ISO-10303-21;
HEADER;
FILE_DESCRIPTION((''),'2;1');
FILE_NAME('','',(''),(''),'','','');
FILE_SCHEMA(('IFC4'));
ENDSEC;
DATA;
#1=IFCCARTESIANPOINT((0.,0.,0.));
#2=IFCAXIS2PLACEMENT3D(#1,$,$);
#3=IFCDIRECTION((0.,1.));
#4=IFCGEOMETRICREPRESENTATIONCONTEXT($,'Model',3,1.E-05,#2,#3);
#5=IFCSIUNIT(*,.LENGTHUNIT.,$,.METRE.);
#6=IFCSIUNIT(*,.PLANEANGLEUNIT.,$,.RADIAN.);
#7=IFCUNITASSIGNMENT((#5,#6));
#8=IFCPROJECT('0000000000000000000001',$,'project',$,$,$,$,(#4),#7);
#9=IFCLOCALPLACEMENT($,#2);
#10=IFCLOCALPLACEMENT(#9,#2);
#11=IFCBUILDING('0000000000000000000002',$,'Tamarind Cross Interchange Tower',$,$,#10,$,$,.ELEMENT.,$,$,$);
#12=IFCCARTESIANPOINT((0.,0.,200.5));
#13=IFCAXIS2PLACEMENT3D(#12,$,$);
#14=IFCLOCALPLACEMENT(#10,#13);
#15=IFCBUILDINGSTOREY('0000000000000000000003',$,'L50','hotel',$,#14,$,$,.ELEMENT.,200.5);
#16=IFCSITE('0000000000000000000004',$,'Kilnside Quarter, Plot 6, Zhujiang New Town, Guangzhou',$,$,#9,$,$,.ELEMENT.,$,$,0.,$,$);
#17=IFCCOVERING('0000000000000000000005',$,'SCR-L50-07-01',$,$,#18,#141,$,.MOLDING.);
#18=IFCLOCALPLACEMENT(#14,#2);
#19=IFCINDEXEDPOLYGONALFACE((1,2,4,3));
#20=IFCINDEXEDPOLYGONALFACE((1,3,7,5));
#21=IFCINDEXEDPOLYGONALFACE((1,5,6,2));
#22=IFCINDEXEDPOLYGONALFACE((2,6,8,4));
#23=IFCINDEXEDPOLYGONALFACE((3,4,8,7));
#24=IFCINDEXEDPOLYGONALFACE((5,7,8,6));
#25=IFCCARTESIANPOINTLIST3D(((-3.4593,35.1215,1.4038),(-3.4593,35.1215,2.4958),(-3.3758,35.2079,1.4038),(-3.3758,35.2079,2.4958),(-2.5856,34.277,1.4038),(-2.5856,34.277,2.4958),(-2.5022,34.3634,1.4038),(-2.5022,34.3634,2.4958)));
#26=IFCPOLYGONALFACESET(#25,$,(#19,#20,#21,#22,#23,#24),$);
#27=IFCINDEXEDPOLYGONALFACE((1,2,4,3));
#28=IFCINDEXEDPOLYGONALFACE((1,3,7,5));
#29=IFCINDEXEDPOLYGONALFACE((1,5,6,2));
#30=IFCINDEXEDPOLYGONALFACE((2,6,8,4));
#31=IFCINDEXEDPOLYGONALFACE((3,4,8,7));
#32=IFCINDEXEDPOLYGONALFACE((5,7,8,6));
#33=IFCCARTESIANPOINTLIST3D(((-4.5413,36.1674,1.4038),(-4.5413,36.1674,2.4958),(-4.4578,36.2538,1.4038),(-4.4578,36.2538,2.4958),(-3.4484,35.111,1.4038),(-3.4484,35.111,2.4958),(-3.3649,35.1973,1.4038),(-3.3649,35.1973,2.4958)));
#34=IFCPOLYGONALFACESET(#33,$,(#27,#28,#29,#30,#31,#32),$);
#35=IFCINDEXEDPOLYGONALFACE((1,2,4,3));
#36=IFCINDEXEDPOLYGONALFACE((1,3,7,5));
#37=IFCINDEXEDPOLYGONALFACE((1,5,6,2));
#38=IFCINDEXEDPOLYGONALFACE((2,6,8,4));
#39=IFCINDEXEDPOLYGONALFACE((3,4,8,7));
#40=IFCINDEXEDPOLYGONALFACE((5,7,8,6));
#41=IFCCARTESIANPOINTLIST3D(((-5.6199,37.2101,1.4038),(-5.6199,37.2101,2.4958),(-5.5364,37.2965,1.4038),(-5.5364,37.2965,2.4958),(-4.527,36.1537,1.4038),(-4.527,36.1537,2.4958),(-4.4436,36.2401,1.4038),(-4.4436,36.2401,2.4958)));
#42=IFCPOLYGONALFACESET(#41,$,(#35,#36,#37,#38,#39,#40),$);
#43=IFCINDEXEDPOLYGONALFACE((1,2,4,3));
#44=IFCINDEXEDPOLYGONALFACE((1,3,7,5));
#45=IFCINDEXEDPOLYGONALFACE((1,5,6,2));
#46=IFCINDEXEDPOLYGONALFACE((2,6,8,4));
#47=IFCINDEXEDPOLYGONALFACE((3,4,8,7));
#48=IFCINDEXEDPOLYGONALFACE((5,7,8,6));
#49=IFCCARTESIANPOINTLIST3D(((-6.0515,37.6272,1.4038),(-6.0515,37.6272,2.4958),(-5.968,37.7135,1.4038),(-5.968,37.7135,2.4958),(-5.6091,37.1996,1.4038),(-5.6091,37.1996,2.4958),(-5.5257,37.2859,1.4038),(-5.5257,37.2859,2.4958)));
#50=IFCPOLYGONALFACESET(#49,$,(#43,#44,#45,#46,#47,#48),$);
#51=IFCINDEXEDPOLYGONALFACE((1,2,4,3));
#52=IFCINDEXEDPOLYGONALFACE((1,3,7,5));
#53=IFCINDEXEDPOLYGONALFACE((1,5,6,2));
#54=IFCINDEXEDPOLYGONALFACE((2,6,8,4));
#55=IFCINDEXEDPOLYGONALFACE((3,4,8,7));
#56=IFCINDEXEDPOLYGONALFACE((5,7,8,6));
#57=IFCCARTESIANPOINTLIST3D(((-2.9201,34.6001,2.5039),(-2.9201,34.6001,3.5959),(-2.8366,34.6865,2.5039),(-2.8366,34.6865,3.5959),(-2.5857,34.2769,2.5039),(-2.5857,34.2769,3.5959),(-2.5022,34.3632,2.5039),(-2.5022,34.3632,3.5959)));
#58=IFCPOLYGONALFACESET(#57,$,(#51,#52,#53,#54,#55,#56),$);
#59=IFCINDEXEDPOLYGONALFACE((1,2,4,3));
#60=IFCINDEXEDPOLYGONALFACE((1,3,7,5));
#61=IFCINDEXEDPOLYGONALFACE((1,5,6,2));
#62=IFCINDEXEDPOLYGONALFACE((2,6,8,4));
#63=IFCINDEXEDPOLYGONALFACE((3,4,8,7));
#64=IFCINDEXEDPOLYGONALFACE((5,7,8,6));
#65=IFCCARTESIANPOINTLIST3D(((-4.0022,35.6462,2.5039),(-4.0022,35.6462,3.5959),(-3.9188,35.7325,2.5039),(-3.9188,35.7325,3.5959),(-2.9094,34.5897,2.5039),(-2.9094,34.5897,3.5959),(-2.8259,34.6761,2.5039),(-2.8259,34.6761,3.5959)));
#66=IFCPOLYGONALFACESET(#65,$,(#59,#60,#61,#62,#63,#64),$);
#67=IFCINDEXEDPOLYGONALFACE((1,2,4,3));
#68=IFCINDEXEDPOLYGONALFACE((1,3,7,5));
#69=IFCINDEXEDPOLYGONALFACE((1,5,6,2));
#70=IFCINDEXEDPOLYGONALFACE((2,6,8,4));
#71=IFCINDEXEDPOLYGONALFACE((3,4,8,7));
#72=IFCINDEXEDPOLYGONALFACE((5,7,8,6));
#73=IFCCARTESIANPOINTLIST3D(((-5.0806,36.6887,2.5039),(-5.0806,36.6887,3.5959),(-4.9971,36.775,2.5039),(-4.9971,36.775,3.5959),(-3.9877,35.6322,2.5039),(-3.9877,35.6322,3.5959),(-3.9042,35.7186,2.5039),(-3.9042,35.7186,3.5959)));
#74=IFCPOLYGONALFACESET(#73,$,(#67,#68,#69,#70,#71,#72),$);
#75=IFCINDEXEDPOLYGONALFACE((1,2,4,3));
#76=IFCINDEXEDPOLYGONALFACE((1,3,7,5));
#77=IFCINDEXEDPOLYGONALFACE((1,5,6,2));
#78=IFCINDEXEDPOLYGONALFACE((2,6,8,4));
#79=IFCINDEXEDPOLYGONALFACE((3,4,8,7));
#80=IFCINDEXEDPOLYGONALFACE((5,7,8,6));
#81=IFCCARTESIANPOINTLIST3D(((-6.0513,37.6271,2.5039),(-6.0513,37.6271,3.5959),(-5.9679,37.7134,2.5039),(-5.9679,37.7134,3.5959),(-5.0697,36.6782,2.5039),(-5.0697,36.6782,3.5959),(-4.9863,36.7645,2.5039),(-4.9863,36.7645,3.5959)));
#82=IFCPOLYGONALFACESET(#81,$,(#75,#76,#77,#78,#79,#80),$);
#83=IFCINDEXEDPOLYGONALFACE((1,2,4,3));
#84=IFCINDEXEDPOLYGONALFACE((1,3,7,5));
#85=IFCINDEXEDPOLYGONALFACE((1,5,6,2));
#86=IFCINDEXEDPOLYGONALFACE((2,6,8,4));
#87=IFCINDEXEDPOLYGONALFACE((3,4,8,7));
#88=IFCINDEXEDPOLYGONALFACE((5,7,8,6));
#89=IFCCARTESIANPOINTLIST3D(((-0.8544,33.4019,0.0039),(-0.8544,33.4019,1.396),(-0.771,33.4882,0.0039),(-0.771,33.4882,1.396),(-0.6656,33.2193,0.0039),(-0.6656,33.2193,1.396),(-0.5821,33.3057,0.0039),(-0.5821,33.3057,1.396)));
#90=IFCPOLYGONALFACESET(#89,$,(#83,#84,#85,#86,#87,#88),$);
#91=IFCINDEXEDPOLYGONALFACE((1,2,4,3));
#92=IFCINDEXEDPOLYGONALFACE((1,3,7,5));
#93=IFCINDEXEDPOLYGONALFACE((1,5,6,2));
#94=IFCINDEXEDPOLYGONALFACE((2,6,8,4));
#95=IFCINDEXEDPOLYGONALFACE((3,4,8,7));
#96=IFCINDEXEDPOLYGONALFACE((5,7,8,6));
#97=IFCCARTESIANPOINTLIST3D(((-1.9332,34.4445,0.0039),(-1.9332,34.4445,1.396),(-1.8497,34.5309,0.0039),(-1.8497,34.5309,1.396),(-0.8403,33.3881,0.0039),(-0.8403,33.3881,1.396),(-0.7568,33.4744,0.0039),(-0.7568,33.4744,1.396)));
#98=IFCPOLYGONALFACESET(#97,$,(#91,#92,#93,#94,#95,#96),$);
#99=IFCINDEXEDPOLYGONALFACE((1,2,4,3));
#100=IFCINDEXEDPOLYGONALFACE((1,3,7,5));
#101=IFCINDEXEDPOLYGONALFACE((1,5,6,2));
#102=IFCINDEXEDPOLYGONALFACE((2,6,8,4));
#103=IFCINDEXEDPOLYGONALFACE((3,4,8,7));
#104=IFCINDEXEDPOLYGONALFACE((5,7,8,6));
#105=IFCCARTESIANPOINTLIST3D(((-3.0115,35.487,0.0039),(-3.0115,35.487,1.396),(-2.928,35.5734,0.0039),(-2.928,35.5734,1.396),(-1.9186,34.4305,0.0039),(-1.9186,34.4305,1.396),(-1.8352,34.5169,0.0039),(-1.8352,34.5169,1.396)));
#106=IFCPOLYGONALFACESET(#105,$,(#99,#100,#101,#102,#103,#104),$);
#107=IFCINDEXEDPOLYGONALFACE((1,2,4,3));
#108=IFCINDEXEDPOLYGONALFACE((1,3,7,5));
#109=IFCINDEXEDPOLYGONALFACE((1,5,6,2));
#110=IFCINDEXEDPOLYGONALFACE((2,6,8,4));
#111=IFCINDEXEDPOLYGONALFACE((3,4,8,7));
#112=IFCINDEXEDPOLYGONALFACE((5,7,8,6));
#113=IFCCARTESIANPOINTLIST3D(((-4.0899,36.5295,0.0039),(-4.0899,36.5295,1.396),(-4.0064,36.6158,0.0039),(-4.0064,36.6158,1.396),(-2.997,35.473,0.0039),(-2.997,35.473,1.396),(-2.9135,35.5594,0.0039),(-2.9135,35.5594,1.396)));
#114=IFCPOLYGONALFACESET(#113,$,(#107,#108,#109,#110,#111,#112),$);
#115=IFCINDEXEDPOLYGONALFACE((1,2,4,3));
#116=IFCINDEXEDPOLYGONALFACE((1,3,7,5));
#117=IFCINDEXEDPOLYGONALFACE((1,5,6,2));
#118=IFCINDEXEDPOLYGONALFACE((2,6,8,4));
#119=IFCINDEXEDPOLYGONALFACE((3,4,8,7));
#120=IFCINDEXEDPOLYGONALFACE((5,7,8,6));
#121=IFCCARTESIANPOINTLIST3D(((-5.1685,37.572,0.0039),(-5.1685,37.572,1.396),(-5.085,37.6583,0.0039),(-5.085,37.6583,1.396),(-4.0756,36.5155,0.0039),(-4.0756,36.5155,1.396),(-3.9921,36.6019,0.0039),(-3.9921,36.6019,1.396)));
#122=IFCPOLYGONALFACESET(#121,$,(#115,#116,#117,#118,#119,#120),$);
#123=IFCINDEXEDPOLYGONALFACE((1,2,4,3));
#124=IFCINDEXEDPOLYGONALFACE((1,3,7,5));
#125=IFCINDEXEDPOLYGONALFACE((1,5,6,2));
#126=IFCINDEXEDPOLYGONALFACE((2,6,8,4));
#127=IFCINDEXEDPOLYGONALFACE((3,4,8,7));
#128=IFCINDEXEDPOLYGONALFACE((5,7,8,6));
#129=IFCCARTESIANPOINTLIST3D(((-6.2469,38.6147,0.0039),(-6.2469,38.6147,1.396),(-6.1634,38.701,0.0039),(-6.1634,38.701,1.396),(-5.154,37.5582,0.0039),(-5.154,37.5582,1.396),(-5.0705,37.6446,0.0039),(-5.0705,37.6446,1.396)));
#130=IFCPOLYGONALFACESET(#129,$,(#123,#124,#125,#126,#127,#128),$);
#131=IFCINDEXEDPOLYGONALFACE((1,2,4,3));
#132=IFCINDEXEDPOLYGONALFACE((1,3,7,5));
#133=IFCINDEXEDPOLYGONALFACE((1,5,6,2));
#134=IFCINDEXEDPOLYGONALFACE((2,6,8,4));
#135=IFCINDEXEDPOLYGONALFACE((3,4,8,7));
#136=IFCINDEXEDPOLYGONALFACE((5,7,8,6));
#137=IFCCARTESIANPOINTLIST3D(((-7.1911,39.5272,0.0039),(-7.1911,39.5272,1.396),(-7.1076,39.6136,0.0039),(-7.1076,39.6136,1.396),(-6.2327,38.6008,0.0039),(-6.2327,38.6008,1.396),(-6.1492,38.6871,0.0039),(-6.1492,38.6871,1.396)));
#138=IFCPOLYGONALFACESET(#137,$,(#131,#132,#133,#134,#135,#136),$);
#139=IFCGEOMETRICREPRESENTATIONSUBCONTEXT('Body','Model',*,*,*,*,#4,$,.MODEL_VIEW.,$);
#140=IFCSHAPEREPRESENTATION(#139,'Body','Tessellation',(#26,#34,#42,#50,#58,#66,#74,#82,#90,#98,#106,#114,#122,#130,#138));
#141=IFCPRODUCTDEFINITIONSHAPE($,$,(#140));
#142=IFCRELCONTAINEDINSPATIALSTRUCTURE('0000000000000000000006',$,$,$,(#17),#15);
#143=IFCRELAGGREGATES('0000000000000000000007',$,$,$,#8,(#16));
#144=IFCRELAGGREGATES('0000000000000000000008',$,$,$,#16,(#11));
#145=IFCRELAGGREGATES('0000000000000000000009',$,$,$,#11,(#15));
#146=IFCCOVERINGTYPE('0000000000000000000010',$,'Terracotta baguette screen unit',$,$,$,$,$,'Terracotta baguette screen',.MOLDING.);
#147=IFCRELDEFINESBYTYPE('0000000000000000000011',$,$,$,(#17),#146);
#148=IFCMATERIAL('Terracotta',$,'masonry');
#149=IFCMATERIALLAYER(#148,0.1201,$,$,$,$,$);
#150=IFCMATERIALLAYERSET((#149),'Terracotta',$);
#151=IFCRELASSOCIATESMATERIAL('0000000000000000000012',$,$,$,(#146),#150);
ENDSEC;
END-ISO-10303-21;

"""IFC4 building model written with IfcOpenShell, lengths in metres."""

from ifc_helpers import new_model, si_unit, direction, frame, origin, origin_2d, place, context, subcontext, project, spatial, rectangle, extrude, material, layer, layer_set, type_object, element, save


model = new_model("IFC4")

# Units and contexts
model_context = context("Model", 3, precision=1e-05, world=origin(), true_north=direction((0.0, 1.0)))
body_context = subcontext(model_context, "Body", "Model", "MODEL_VIEW")
ifc_project = project(units=[si_unit("LENGTHUNIT", "METRE"), si_unit("PLANEANGLEUNIT", "RADIAN")], contexts=[model_context])

# Site, building, storey
site_placement = place(None, origin())
site = spatial("IfcSite", under=ifc_project, at=site_placement, Name="Kilnside Quarter, Plot 6, Zhujiang New Town, Guangzhou", CompositionType="ELEMENT", RefElevation=0.0)
building_placement = place(site_placement, origin())
building = spatial("IfcBuilding", under=site, at=building_placement, Name="Tamarind Cross Interchange Tower", CompositionType="ELEMENT")
storey_placement = place(building_placement, frame((0.0, 0.0, 200.5)))
storey = spatial("IfcBuildingStorey", under=building, at=storey_placement, Name="L50", Description="hotel", CompositionType="ELEMENT", Elevation=200.5)

# Covering
ifc_material_1 = material(Name="Terracotta", Category="masonry")
ifc_layer_1 = layer(ifc_material_1, 0.1201)
ifc_layer_set_1 = layer_set([ifc_layer_1], Name="Terracotta")
covering_type = type_object("IfcCoveringType", Name="Terracotta baguette screen unit", ElementType="Terracotta baguette screen", PredefinedType="MOLDING", material=ifc_layer_set_1)
covering_1_placement = place(storey_placement, origin())
element("IfcCovering", 1, at=covering_1_placement, inside=storey, type_object=covering_type, Name="SCR-L50-07-01", PredefinedType="MOLDING", context=body_context, shape_type="SweptSolid", body=[
    extrude(rectangle(XDim=1.2151, YDim=0.1201, at=origin_2d()), frame((-2.9807, 34.7424, 1.4038), z_axis=(0.0, 0.0, 1.0), x_axis=(-0.718991, 0.69502, 0.0)), (0.0, 0.0, 1.0), 1.092),
    extrude(rectangle(XDim=1.52, YDim=0.1201, at=origin_2d()), frame((-3.9531, 35.6824, 1.4038), z_axis=(0.0, 0.0, 1.0), x_axis=(-0.718991, 0.69502, 0.0)), (0.0, 0.0, 1.0), 1.092),
    extrude(rectangle(XDim=1.52, YDim=0.1201, at=origin_2d()), frame((-5.0317, 36.7251, 1.4038), z_axis=(0.0, 0.0, 1.0), x_axis=(-0.718991, 0.69502, 0.0)), (0.0, 0.0, 1.0), 1.092),
    extrude(rectangle(XDim=0.6152, YDim=0.1201, at=origin_2d()), frame((-5.7886, 37.4565, 1.4038), z_axis=(0.0, 0.0, 1.0), x_axis=(-0.718991, 0.69502, 0.0)), (0.0, 0.0, 1.0), 1.092),
    extrude(rectangle(XDim=0.4651, YDim=0.1201, at=origin_2d()), frame((-2.7112, 34.4817, 2.5039), z_axis=(0.0, 0.0, 1.0), x_axis=(-0.718991, 0.69502, 0.0)), (0.0, 0.0, 1.0), 1.092),
    extrude(rectangle(XDim=1.52, YDim=0.1201, at=origin_2d()), frame((-3.4141, 35.1611, 2.5039), z_axis=(0.0, 0.0, 1.0), x_axis=(-0.718991, 0.69502, 0.0)), (0.0, 0.0, 1.0), 1.092),
    extrude(rectangle(XDim=1.52, YDim=0.1201, at=origin_2d()), frame((-4.4924, 36.2036, 2.5039), z_axis=(0.0, 0.0, 1.0), x_axis=(-0.718991, 0.69502, 0.0)), (0.0, 0.0, 1.0), 1.092),
    extrude(rectangle(XDim=1.3652, YDim=0.1201, at=origin_2d()), frame((-5.5188, 37.1958, 2.5039), z_axis=(0.0, 0.0, 1.0), x_axis=(-0.718991, 0.69502, 0.0)), (0.0, 0.0, 1.0), 1.092),
    extrude(rectangle(XDim=0.2627, YDim=0.1201, at=origin_2d()), frame((-0.7183, 33.3538, 0.0039), z_axis=(0.0, 0.0, 1.0), x_axis=(-0.718991, 0.69502, 0.0)), (0.0, 0.0, 1.0), 1.3921),
    extrude(rectangle(XDim=1.52, YDim=0.1201, at=origin_2d()), frame((-1.345, 33.9595, 0.0039), z_axis=(0.0, 0.0, 1.0), x_axis=(-0.718991, 0.69502, 0.0)), (0.0, 0.0, 1.0), 1.3921),
    extrude(rectangle(XDim=1.52, YDim=0.1201, at=origin_2d()), frame((-2.4233, 35.002, 0.0039), z_axis=(0.0, 0.0, 1.0), x_axis=(-0.718991, 0.69502, 0.0)), (0.0, 0.0, 1.0), 1.3921),
    extrude(rectangle(XDim=1.52, YDim=0.1201, at=origin_2d()), frame((-3.5017, 36.0444, 0.0039), z_axis=(0.0, 0.0, 1.0), x_axis=(-0.718991, 0.69502, 0.0)), (0.0, 0.0, 1.0), 1.3921),
    extrude(rectangle(XDim=1.52, YDim=0.1201, at=origin_2d()), frame((-4.5803, 37.0869, 0.0039), z_axis=(0.0, 0.0, 1.0), x_axis=(-0.718991, 0.69502, 0.0)), (0.0, 0.0, 1.0), 1.3921),
    extrude(rectangle(XDim=1.52, YDim=0.1201, at=origin_2d()), frame((-5.6587, 38.1296, 0.0039), z_axis=(0.0, 0.0, 1.0), x_axis=(-0.718991, 0.69502, 0.0)), (0.0, 0.0, 1.0), 1.3921),
    extrude(rectangle(XDim=1.333, YDim=0.1201, at=origin_2d()), frame((-6.6702, 39.1072, 0.0039), z_axis=(0.0, 0.0, 1.0), x_axis=(-0.718991, 0.69502, 0.0)), (0.0, 0.0, 1.0), 1.3921),
])

save(model, "model.ifc")
